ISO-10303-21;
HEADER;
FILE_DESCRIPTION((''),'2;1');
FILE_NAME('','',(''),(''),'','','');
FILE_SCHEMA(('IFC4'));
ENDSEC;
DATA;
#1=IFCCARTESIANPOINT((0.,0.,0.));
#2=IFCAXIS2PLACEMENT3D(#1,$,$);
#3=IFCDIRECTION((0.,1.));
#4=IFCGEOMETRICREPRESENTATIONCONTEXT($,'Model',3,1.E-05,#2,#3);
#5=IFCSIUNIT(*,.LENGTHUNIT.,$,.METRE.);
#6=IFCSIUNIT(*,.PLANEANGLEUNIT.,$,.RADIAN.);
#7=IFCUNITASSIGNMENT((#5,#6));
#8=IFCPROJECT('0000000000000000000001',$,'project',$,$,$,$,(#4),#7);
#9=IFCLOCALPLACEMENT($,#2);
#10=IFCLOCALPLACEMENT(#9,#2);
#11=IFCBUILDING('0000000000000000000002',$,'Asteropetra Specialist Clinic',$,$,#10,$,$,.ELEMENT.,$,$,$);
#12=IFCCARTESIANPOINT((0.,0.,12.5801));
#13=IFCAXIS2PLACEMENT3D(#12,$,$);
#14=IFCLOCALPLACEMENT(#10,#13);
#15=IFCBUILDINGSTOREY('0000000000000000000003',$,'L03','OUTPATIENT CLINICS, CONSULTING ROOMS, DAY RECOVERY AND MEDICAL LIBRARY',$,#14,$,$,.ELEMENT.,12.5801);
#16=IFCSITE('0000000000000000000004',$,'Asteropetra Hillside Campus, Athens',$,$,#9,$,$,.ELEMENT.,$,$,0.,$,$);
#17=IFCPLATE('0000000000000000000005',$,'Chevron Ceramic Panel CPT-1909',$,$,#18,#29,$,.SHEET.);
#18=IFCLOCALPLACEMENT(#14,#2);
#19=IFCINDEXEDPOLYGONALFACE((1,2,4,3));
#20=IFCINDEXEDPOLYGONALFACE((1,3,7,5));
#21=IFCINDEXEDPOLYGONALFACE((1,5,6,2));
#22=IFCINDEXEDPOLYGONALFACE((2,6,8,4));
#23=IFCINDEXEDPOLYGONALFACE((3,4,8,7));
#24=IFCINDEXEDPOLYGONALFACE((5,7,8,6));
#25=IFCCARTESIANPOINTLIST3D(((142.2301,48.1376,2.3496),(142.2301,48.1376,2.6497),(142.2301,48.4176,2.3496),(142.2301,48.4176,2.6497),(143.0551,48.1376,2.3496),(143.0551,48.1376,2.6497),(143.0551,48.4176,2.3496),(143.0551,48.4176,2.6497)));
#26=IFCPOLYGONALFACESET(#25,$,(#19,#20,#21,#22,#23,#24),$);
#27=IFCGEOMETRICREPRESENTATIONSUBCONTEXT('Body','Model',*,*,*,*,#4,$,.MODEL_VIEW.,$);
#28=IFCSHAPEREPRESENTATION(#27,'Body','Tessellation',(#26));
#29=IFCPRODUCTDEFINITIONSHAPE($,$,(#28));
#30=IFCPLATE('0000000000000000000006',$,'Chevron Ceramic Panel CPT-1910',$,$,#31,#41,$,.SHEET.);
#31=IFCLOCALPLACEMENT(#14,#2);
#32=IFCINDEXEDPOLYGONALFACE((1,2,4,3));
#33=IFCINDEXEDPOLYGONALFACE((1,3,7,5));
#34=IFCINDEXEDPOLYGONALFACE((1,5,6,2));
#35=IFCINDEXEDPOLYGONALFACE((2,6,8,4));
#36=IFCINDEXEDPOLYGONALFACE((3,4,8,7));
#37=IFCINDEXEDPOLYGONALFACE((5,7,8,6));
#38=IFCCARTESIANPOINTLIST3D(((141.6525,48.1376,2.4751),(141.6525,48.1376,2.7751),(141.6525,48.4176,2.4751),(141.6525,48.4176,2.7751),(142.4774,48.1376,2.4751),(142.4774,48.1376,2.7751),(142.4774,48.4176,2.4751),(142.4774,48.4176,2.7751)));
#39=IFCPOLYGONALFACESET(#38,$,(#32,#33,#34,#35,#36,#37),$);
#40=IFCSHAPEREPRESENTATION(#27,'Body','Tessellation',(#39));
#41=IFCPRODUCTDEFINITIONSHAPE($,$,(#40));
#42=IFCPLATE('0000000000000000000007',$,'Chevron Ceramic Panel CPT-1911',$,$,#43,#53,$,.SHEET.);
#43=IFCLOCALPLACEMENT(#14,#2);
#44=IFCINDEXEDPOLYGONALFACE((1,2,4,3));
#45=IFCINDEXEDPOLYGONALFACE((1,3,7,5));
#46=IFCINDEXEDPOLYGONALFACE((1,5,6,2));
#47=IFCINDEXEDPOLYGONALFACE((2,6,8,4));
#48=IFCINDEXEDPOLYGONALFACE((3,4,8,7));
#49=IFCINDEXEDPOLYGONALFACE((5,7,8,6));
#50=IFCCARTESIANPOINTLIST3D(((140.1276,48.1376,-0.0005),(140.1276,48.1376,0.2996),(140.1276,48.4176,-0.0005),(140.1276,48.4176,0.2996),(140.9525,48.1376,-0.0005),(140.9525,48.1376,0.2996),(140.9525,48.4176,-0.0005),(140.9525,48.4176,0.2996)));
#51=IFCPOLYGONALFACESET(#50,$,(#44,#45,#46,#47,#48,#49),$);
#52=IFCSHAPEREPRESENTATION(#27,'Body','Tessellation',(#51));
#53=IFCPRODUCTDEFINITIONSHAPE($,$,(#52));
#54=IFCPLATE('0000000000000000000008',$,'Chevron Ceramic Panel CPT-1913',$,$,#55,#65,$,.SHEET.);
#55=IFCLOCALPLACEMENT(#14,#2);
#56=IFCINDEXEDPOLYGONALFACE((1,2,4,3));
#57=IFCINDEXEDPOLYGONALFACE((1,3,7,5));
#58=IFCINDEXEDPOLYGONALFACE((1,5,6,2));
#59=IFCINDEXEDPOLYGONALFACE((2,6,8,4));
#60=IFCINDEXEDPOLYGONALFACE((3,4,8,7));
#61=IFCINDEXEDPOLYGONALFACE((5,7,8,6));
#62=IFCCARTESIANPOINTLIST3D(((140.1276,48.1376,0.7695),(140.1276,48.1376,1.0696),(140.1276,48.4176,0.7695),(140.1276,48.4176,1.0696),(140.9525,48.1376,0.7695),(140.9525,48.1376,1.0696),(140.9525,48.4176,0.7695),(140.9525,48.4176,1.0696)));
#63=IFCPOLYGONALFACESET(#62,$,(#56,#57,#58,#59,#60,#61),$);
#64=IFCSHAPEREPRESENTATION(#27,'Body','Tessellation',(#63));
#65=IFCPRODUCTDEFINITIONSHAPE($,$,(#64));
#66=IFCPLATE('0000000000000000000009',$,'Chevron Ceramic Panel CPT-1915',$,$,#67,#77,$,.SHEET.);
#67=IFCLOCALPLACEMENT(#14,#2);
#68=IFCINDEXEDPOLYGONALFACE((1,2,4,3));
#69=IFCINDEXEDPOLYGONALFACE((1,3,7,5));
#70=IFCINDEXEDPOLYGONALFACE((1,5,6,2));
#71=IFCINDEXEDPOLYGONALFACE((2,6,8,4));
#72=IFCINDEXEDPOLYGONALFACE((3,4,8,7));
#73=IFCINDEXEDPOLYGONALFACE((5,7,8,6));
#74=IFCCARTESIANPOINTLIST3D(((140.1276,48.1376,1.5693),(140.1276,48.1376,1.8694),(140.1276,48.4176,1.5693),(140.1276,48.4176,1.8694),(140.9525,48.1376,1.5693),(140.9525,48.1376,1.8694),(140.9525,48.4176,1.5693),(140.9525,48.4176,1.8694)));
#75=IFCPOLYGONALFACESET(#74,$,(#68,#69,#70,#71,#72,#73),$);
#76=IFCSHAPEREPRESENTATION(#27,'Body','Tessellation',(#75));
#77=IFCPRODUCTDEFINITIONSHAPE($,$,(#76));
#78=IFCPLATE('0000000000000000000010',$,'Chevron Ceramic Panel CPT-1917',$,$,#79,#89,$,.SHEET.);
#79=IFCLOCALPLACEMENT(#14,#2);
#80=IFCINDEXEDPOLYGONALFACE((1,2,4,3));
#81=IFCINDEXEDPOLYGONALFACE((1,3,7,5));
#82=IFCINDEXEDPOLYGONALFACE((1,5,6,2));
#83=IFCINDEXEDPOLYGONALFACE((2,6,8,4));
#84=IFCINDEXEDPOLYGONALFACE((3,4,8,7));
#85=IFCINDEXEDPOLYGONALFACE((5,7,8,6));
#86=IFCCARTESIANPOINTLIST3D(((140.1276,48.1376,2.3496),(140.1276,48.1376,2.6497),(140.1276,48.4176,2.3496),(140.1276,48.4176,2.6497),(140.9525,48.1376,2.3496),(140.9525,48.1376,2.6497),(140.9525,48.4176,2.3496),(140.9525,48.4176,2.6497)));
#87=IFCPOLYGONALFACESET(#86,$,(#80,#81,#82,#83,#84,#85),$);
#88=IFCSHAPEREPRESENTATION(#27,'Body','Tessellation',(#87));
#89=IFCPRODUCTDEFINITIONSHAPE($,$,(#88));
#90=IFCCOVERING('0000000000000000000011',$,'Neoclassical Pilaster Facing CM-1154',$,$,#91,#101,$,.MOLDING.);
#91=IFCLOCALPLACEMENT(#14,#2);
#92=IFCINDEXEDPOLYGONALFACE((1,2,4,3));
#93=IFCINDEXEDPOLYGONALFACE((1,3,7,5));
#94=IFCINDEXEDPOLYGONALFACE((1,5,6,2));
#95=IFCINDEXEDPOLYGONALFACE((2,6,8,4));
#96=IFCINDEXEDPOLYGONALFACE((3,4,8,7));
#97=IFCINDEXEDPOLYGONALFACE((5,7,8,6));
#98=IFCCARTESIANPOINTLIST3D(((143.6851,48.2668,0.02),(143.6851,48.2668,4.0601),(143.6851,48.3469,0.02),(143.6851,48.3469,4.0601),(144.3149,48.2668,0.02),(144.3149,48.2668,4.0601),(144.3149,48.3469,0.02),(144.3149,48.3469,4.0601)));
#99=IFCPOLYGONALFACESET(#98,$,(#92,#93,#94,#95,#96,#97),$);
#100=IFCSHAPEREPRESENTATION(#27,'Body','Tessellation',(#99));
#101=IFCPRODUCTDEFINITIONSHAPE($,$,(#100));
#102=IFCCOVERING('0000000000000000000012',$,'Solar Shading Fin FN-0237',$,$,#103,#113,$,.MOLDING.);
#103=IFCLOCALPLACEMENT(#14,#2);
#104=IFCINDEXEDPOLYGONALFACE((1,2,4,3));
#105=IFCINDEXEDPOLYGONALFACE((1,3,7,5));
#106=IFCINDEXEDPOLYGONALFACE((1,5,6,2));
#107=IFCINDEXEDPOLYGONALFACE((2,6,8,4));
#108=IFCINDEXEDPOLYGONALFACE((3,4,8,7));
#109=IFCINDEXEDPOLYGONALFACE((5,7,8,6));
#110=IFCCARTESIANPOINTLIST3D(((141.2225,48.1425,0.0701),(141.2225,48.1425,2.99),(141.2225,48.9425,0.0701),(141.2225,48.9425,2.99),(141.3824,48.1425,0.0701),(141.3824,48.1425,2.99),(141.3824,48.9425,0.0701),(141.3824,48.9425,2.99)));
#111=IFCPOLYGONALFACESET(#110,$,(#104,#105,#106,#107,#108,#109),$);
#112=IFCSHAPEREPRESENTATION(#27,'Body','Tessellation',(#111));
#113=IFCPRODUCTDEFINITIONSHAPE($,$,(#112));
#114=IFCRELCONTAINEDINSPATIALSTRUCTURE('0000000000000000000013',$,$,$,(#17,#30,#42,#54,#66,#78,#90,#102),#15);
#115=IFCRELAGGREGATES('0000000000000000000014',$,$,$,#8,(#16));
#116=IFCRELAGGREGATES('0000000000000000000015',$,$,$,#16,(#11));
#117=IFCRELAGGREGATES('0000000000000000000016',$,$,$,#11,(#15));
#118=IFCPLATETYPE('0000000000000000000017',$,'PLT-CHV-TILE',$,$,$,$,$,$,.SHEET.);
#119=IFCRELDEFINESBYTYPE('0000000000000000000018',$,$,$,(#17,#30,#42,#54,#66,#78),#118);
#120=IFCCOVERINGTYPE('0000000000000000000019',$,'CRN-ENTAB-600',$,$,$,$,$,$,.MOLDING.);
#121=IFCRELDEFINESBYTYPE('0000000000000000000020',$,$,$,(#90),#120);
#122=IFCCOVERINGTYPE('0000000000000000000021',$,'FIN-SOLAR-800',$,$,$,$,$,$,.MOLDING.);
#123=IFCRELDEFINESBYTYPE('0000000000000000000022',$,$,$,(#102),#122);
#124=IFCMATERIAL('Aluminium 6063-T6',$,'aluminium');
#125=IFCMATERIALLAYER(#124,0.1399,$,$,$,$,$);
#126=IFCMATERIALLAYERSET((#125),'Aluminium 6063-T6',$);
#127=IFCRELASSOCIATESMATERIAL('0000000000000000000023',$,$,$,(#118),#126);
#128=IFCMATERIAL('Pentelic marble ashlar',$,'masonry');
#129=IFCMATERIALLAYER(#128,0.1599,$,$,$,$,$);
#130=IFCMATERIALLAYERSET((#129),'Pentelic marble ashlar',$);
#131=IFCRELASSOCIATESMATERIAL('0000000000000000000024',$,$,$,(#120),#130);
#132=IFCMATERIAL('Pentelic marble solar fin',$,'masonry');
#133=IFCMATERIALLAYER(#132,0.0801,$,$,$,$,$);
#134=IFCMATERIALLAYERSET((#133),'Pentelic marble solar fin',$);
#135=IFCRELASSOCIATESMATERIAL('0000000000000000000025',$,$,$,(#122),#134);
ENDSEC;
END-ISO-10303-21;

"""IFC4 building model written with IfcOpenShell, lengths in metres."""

from ifc_helpers import new_model, si_unit, direction, frame, origin, origin_2d, place, context, subcontext, project, spatial, rectangle, extrude, material, layer, layer_set, type_object, element, save


model = new_model("IFC4")

# Units and contexts
model_context = context("Model", 3, precision=1e-05, world=origin(), true_north=direction((0.0, 1.0)))
body_context = subcontext(model_context, "Body", "Model", "MODEL_VIEW")
ifc_project = project(units=[si_unit("LENGTHUNIT", "METRE"), si_unit("PLANEANGLEUNIT", "RADIAN")], contexts=[model_context])

# Site, building, storey
site_placement = place(None, origin())
site = spatial("IfcSite", under=ifc_project, at=site_placement, Name="Asteropetra Hillside Campus, Athens", CompositionType="ELEMENT", RefElevation=0.0)
building_placement = place(site_placement, origin())
building = spatial("IfcBuilding", under=site, at=building_placement, Name="Asteropetra Specialist Clinic", CompositionType="ELEMENT")
storey_placement = place(building_placement, frame((0.0, 0.0, 12.5801)))
storey = spatial("IfcBuildingStorey", under=building, at=storey_placement, Name="L03", Description="OUTPATIENT CLINICS, CONSULTING ROOMS, DAY RECOVERY AND MEDICAL LIBRARY", CompositionType="ELEMENT", Elevation=12.5801)

# Plates
ifc_material_1 = material(Name="Aluminium 6063-T6", Category="aluminium")
ifc_layer_1 = layer(ifc_material_1, 0.1399)
ifc_layer_set_1 = layer_set([ifc_layer_1], Name="Aluminium 6063-T6")
plate_type_1 = type_object("IfcPlateType", Name="PLT-CHV-TILE", PredefinedType="SHEET", material=ifc_layer_set_1)
for number, where, z_axis, x_axis, name in (
    (1, (142.6426, 48.2776, 2.3496), (0.0, 0.0, 1.0), (1.0, 0.0, 0.0), "Chevron Ceramic Panel CPT-1909"),
    (2, (142.0649, 48.2776, 2.4751), (0.0, 0.0, 1.0), (1.0, 0.0, 0.0), "Chevron Ceramic Panel CPT-1910"),
    (3, (140.54, 48.2776, -0.0005), (0.0, 0.0, 1.0), (1.0, 0.0, 0.0), "Chevron Ceramic Panel CPT-1911"),
    (4, (140.54, 48.2776, 0.7695), (0.0, 0.0, 1.0), (1.0, 0.0, 0.0), "Chevron Ceramic Panel CPT-1913"),
    (5, (140.54, 48.2776, 1.5693), (0.0, 0.0, 1.0), (1.0, 0.0, 0.0), "Chevron Ceramic Panel CPT-1915"),
    (6, (140.54, 48.2776, 2.3496), (0.0, 0.0, 1.0), (1.0, 0.0, 0.0), "Chevron Ceramic Panel CPT-1917"),
):
    element("IfcPlate", number, at=place(storey_placement, frame(where, z_axis=z_axis, x_axis=x_axis)), inside=storey, type_object=plate_type_1, Name=name, PredefinedType="SHEET", context=body_context, shape_type="SweptSolid", body=[
        extrude(rectangle(XDim=0.825, YDim=0.28, at=origin_2d()), origin(), (0.0, 0.0, 1.0), 0.3),
    ])

# Coverings
ifc_material_2 = material(Name="Pentelic marble ashlar", Category="masonry")
ifc_layer_2 = layer(ifc_material_2, 0.1599)
ifc_layer_set_2 = layer_set([ifc_layer_2], Name="Pentelic marble ashlar")
covering_type_1 = type_object("IfcCoveringType", Name="CRN-ENTAB-600", PredefinedType="MOLDING", material=ifc_layer_set_2)
covering_1_placement = place(storey_placement, frame((144.0, 48.3069, 0.02), z_axis=(0.0, 0.0, 1.0), x_axis=(1.0, 0.0, 0.0)))
element("IfcCovering", 7, at=covering_1_placement, inside=storey, type_object=covering_type_1, Name="Neoclassical Pilaster Facing CM-1154", PredefinedType="MOLDING", context=body_context, shape_type="SweptSolid", body=[
    extrude(rectangle(XDim=0.6299, YDim=0.0801, at=origin_2d()), origin(), (0.0, 0.0, 1.0), 4.04),
])
ifc_material_3 = material(Name="Pentelic marble solar fin", Category="masonry")
ifc_layer_3 = layer(ifc_material_3, 0.0801)
ifc_layer_set_3 = layer_set([ifc_layer_3], Name="Pentelic marble solar fin")
covering_type_2 = type_object("IfcCoveringType", Name="FIN-SOLAR-800", PredefinedType="MOLDING", material=ifc_layer_set_3)
covering_2_placement = place(storey_placement, frame((141.3025, 48.5425, 0.0701), z_axis=(0.0, 0.0, 1.0), x_axis=(1.0, 0.0, 0.0)))
element("IfcCovering", 8, at=covering_2_placement, inside=storey, type_object=covering_type_2, Name="Solar Shading Fin FN-0237", PredefinedType="MOLDING", context=body_context, shape_type="SweptSolid", body=[
    extrude(rectangle(XDim=0.1599, YDim=0.8, at=origin_2d()), origin(), (0.0, 0.0, 1.0), 2.9199),
])

save(model, "model.ifc")
